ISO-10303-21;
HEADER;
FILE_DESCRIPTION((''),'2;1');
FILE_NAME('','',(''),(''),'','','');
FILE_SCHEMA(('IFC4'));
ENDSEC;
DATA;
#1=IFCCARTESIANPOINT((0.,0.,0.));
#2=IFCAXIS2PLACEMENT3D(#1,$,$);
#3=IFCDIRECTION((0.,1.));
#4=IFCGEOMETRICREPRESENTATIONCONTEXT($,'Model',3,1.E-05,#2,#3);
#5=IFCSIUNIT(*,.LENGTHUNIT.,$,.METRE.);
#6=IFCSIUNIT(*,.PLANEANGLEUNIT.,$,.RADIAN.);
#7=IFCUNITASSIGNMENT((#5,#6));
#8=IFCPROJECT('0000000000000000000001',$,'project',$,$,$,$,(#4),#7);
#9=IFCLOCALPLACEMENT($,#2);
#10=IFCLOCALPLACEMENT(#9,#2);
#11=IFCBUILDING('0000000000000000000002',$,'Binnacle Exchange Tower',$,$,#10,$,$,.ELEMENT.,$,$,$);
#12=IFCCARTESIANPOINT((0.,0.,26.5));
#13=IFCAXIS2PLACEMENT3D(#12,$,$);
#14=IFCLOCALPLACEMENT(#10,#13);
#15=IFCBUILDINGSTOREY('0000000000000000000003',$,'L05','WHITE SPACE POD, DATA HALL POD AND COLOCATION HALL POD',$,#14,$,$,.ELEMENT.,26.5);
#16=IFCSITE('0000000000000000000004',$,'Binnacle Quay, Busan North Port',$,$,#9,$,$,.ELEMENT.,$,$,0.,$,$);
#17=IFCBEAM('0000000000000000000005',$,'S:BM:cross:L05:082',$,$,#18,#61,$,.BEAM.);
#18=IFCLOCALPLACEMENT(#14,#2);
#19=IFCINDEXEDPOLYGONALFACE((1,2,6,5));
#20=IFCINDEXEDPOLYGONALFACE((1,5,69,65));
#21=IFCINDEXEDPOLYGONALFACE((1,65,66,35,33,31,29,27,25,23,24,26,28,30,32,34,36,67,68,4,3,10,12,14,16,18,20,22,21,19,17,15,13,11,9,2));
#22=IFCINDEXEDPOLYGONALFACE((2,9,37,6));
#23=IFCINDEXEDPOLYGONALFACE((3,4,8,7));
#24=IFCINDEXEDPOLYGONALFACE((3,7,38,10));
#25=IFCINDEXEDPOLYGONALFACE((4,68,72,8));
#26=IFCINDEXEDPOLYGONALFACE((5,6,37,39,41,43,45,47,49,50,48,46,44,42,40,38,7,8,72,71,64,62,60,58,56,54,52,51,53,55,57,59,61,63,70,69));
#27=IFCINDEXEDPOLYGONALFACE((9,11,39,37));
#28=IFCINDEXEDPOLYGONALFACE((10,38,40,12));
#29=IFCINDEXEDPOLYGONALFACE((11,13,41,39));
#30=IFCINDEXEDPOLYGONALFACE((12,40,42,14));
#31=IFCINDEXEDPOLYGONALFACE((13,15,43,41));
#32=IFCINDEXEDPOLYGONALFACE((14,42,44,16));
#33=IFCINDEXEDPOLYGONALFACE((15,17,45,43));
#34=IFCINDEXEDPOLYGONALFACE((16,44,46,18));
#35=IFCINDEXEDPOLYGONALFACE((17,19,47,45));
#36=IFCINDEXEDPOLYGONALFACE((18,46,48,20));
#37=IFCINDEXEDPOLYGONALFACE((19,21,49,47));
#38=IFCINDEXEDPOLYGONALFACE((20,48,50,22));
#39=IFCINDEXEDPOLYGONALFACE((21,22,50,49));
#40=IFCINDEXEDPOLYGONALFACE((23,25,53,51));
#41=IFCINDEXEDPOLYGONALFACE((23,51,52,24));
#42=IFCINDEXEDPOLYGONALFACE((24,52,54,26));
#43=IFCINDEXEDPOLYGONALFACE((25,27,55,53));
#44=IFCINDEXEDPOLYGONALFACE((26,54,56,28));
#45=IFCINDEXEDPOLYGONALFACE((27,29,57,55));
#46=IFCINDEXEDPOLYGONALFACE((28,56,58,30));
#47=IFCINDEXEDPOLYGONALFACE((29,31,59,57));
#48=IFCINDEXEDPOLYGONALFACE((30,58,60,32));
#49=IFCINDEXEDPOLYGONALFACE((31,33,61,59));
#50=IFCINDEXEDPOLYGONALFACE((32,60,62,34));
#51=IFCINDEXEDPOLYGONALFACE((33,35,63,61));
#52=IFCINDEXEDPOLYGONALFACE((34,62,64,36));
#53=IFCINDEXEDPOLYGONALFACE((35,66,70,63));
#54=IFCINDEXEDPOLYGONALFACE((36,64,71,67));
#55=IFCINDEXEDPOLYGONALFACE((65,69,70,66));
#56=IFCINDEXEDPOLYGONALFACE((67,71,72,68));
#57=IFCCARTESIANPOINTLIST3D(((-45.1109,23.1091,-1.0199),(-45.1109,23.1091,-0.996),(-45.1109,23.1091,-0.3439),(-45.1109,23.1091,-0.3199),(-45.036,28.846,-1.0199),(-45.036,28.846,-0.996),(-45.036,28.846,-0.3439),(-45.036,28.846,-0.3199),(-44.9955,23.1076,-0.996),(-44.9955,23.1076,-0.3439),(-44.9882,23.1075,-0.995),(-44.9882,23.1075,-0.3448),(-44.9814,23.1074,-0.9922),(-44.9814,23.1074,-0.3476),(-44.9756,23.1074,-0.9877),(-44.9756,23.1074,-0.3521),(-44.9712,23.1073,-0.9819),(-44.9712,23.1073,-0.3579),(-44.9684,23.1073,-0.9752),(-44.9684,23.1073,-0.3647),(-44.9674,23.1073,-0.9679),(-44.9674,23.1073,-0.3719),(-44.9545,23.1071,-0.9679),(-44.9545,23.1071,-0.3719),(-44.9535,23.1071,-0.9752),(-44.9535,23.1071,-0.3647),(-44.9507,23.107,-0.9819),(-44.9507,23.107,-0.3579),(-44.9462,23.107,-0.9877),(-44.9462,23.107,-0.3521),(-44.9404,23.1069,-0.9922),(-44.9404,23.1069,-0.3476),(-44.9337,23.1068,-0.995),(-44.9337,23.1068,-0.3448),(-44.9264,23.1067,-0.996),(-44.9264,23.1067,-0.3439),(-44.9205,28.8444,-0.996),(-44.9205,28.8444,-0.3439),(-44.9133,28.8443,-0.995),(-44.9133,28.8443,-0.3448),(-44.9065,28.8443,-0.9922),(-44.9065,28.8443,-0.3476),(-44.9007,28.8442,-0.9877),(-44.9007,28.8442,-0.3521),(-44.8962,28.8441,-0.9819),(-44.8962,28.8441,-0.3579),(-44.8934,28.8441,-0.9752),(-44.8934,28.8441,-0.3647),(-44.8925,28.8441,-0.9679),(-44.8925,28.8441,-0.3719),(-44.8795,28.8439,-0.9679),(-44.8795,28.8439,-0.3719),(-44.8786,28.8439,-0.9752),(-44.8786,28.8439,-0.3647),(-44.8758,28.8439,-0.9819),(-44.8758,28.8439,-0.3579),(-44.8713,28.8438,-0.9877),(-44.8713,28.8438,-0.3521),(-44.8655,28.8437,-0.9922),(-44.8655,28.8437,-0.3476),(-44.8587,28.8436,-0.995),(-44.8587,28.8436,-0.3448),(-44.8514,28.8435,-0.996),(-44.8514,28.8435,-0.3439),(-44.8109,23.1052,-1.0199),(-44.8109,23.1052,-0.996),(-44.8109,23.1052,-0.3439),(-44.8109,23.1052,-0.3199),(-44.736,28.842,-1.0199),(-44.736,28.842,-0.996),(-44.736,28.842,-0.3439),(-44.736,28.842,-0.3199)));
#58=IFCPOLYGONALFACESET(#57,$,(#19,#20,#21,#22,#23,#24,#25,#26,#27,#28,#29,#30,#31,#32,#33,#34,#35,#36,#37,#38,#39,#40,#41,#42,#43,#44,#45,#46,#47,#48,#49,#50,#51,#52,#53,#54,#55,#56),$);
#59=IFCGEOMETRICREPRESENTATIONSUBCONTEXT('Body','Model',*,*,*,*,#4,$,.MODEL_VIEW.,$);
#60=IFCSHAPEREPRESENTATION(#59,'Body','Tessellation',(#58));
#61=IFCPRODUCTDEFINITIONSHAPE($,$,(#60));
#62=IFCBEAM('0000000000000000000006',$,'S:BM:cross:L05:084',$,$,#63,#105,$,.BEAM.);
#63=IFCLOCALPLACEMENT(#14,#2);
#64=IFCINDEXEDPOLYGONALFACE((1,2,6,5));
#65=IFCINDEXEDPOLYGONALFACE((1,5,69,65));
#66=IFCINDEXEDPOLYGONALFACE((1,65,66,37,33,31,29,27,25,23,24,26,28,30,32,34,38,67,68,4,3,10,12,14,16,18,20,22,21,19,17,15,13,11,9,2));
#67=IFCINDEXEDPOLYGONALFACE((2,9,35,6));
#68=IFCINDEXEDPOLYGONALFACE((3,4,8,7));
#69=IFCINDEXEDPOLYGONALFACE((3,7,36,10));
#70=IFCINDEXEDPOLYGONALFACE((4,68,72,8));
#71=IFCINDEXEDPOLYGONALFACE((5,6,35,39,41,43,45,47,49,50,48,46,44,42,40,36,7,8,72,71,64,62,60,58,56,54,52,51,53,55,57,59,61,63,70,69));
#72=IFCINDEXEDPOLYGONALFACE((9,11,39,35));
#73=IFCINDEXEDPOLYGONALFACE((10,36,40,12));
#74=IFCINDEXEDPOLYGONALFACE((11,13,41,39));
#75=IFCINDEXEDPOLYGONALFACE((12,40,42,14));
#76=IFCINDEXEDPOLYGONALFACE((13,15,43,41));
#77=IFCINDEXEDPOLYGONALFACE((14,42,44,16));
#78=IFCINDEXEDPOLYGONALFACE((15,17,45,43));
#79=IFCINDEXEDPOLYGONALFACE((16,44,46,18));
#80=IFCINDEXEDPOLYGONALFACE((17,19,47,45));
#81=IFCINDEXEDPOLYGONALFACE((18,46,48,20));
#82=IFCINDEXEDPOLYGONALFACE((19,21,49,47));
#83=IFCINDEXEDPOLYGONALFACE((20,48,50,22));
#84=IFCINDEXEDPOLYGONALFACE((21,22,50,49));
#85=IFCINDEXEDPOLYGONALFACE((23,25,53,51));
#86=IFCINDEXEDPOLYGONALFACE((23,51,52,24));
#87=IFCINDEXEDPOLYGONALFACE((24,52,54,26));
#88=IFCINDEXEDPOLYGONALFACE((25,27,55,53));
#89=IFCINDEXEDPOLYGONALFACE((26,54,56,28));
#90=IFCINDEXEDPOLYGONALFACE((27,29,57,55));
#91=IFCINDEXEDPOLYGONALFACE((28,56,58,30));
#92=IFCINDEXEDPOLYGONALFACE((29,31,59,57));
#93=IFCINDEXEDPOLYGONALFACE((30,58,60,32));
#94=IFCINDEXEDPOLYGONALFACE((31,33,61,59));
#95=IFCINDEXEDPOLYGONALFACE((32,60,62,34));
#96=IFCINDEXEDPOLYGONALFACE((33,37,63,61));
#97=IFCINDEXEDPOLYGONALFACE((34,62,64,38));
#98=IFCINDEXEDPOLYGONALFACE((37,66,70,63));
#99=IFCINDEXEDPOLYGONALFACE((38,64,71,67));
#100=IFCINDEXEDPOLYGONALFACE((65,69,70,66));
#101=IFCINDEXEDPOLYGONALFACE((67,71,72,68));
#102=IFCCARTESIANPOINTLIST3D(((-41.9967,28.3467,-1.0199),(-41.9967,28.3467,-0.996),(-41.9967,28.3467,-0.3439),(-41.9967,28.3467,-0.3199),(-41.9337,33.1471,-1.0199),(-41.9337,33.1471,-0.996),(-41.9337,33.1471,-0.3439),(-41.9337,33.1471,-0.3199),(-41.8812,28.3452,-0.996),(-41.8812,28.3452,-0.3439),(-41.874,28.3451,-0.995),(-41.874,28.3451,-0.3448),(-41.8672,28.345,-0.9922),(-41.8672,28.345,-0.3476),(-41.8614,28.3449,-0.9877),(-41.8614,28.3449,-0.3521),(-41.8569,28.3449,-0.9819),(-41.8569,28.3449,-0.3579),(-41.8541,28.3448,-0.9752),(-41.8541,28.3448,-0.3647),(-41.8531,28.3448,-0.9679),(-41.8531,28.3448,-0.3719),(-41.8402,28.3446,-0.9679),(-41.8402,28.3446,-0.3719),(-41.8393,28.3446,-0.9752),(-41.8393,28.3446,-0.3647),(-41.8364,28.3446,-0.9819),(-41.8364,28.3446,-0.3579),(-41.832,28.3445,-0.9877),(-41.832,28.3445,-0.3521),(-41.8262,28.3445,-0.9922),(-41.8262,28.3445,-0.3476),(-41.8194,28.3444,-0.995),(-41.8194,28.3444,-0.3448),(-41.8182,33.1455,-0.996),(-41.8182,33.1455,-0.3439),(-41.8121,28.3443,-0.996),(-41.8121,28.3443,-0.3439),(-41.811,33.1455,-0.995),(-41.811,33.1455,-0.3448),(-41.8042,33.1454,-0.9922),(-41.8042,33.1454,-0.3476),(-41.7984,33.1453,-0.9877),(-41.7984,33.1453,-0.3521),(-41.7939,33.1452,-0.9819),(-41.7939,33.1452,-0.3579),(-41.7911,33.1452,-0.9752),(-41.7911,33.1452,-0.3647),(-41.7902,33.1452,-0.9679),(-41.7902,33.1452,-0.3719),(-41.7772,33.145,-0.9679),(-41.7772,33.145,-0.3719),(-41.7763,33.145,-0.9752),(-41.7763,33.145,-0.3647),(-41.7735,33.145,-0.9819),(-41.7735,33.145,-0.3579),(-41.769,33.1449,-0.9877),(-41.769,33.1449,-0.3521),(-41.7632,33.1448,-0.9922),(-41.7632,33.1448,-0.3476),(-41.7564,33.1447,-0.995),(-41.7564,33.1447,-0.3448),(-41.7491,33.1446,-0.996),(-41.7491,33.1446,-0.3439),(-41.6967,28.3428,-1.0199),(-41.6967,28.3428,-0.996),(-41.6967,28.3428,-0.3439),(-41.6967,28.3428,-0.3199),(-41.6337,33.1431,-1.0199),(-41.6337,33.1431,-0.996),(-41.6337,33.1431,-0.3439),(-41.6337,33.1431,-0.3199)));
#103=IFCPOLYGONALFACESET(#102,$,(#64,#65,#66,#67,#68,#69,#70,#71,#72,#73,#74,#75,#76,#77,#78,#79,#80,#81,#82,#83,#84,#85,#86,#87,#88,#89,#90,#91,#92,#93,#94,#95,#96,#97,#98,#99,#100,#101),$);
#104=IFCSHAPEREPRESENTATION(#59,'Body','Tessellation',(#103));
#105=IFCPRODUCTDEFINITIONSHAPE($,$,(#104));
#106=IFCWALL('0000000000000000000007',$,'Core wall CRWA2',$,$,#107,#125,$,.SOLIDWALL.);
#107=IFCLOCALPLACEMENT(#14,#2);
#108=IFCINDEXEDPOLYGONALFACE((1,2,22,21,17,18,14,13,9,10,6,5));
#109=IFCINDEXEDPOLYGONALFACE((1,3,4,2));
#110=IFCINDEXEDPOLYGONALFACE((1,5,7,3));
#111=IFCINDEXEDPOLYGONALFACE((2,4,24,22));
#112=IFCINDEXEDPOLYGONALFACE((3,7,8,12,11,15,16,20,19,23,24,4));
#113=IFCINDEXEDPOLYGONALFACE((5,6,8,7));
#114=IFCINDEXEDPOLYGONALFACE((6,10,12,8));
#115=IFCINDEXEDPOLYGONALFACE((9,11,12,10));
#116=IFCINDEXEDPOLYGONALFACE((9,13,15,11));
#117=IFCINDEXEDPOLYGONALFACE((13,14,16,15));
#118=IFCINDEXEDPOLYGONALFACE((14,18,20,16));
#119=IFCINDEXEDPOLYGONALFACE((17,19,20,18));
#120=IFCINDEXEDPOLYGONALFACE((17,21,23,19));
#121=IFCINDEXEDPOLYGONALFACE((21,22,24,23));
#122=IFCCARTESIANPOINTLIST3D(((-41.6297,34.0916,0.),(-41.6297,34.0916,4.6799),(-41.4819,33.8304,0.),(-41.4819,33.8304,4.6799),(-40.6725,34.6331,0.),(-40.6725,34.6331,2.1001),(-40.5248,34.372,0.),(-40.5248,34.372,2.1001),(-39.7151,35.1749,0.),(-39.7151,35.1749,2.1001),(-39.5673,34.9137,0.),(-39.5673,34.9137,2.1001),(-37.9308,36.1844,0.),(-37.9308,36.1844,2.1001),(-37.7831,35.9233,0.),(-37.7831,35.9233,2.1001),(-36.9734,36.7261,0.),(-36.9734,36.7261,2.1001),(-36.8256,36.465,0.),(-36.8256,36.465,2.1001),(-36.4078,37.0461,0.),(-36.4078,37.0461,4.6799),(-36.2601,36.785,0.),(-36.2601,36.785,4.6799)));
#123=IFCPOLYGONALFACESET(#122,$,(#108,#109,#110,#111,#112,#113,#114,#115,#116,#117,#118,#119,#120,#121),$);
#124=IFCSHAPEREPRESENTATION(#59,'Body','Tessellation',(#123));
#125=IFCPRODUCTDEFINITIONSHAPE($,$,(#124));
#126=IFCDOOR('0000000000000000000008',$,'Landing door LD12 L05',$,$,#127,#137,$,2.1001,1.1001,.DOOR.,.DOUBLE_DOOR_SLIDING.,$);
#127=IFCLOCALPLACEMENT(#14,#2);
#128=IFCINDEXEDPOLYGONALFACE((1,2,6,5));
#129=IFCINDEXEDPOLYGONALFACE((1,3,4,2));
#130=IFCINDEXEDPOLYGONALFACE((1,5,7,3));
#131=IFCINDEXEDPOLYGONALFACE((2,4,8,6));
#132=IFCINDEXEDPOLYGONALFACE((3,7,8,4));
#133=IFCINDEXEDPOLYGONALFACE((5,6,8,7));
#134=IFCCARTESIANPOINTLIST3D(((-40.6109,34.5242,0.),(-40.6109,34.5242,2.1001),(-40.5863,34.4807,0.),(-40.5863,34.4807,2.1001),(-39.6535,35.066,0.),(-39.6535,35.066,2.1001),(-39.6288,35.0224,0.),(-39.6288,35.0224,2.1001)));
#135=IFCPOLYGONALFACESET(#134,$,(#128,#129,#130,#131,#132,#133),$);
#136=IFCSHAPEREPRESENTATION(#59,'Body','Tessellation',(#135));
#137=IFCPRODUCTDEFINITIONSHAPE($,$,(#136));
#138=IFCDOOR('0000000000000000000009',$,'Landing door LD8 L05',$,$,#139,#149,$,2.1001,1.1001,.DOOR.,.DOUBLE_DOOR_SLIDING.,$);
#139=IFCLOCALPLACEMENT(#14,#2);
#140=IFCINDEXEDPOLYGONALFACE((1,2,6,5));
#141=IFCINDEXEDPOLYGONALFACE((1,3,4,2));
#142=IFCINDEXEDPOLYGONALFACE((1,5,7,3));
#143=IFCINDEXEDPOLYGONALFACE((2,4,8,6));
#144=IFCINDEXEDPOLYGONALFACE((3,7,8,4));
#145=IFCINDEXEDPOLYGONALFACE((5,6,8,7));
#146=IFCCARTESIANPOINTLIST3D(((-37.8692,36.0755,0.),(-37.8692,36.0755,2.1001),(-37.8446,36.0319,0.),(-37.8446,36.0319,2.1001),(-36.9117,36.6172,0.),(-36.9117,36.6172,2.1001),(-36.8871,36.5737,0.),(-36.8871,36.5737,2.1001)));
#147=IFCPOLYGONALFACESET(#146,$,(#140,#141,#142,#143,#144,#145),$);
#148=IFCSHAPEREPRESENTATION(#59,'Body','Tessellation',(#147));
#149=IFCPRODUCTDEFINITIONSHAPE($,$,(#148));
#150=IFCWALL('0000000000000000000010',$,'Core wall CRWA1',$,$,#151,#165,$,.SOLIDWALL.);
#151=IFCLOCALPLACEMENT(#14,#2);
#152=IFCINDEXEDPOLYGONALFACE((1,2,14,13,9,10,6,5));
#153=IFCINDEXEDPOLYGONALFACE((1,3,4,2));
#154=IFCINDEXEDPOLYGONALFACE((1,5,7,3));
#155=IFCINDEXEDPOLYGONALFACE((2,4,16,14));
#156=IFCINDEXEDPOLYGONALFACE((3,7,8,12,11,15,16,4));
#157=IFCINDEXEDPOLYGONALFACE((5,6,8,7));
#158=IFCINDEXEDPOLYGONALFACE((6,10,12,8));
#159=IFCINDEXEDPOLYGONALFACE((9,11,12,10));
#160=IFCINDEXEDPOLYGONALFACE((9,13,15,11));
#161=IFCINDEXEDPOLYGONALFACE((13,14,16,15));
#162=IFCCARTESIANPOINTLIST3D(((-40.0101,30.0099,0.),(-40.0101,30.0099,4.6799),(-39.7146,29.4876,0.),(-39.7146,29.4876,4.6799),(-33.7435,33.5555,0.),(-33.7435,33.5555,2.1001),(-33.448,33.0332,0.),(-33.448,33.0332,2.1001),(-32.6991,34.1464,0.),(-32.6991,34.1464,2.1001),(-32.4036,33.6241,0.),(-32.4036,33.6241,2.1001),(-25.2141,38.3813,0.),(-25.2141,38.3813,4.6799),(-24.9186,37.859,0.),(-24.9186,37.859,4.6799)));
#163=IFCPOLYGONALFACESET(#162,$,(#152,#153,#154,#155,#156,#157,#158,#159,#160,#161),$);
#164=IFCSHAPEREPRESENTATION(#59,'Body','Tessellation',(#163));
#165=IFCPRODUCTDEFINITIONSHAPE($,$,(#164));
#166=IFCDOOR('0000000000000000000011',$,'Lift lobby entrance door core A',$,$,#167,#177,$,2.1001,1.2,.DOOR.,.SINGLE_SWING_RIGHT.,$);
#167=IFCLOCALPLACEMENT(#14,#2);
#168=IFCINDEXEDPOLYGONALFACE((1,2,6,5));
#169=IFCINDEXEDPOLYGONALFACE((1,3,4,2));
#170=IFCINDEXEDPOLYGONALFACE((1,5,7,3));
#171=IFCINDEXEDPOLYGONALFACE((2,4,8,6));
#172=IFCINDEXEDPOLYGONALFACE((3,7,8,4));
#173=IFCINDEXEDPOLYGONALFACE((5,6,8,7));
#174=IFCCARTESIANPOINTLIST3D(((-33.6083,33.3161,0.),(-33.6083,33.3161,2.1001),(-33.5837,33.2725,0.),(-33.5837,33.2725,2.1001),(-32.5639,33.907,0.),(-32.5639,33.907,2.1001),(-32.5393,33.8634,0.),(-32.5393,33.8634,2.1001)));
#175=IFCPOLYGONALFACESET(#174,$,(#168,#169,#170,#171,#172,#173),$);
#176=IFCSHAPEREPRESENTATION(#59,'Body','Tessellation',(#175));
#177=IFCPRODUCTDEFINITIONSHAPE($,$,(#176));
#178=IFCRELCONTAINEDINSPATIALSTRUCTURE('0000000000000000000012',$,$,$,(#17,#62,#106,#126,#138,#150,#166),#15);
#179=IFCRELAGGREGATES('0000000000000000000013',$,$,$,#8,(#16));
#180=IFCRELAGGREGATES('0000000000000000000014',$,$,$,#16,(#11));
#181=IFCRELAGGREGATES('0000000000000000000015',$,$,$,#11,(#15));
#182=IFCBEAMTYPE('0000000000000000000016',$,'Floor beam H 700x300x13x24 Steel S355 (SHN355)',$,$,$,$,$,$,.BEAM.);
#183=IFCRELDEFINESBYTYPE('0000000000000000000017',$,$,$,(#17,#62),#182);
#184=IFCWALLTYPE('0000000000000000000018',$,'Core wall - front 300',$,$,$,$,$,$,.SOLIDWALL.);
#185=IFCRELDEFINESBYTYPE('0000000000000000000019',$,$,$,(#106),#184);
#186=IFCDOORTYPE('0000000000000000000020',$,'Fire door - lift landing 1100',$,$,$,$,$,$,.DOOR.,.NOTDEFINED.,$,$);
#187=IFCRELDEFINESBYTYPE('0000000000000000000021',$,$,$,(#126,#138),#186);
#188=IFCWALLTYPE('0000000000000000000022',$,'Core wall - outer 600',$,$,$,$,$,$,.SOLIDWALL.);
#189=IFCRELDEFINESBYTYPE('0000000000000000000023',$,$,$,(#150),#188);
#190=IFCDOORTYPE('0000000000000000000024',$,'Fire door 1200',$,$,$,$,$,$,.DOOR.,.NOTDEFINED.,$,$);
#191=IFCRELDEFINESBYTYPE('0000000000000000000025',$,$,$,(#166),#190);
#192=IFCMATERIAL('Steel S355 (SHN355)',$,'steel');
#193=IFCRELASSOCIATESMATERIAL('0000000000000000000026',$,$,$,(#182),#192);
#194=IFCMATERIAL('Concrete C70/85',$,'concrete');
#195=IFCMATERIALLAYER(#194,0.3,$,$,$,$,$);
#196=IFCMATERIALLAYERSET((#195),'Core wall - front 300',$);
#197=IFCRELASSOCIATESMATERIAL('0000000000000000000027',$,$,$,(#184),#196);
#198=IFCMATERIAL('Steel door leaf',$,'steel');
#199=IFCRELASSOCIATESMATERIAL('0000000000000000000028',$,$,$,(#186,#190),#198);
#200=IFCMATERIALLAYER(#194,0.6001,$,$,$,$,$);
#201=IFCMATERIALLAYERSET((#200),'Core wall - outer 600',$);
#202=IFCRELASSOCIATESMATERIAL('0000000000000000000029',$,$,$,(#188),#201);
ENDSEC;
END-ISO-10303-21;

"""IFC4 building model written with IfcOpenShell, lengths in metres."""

from ifc_helpers import new_model, si_unit, direction, frame, frame_2d, origin, origin_2d, place, context, subcontext, project, spatial, rectangle, i_section, extrude, material, layer, layer_set, material_profile, profile_set, type_object, element, fill, save


model = new_model("IFC4")

# Units and contexts
model_context = context("Model", 3, precision=1e-05, world=origin(), true_north=direction((0.0, 1.0)))
body_context = subcontext(model_context, "Body", "Model", "MODEL_VIEW")
ifc_project = project(units=[si_unit("LENGTHUNIT", "METRE"), si_unit("PLANEANGLEUNIT", "RADIAN")], contexts=[model_context])

# Site, building, storey
site_placement = place(None, origin())
site = spatial("IfcSite", under=ifc_project, at=site_placement, Name="Binnacle Quay, Busan North Port", CompositionType="ELEMENT", RefElevation=0.0)
building_placement = place(site_placement, origin())
building = spatial("IfcBuilding", under=site, at=building_placement, Name="Binnacle Exchange Tower", CompositionType="ELEMENT")
storey_placement = place(building_placement, frame((0.0, 0.0, 26.5)))
storey = spatial("IfcBuildingStorey", under=building, at=storey_placement, Name="L05", Description="WHITE SPACE POD, DATA HALL POD AND COLOCATION HALL POD", CompositionType="ELEMENT", Elevation=26.5)

# Shared definitions
ifc_material_1 = material(Name="Concrete C70/85", Category="concrete")

# Beams
ifc_material_2 = material(Name="Steel S355 (SHN355)", Category="steel")
ifc_material_profile_1 = material_profile(ifc_material_2, i_section(OverallWidth=0.3, OverallDepth=0.7, WebThickness=0.0129, FlangeThickness=0.0239, FilletRadius=0.0281, at=origin_2d()), Name="H 700x300x13x24")
ifc_profile_set_1 = profile_set([ifc_material_profile_1], Name="Steel S355 (SHN355)")
beam_type_1 = type_object("IfcBeamType", Name="Floor beam H 700x300x13x24 Steel S355 (SHN355)", PredefinedType="BEAM", material=ifc_profile_set_1)
beam_1_placement = place(storey_placement, frame((-44.9609, 23.1072, -0.6699), z_axis=(0.013064, 0.999915, 0.0), x_axis=(-0.999915, 0.013064, 0.0)))
element("IfcBeam", 1, at=beam_1_placement, inside=storey, type_object=beam_type_1, Name="S:BM:cross:L05:082", PredefinedType="BEAM", context=body_context, shape_type="SweptSolid", body=[
    extrude(i_section(OverallWidth=0.3, OverallDepth=0.7, WebThickness=0.0129, FlangeThickness=0.0239, FilletRadius=0.0281, at=origin_2d()), origin(), (0.0, 0.0, 1.0), 5.7373),
])
beam_2_placement = place(storey_placement, frame((-41.8467, 28.3447, -0.6699), z_axis=(0.013121, 0.999914, 0.0), x_axis=(-0.999914, 0.013121, 0.0)))
element("IfcBeam", 2, at=beam_2_placement, inside=storey, type_object=beam_type_1, Name="S:BM:cross:L05:084", PredefinedType="BEAM", context=body_context, shape_type="SweptSolid", body=[
    extrude(i_section(OverallWidth=0.3, OverallDepth=0.7, WebThickness=0.0129, FlangeThickness=0.0239, FilletRadius=0.0281, at=origin_2d()), origin(), (0.0, 0.0, 1.0), 4.8008),
])

# Wall, openings, doors
ifc_layer_1 = layer(ifc_material_1, 0.3)
ifc_layer_set_1 = layer_set([ifc_layer_1], Name="Core wall - front 300")
wall_type_1 = type_object("IfcWallType", Name="Core wall - front 300", PredefinedType="SOLIDWALL", material=ifc_layer_set_1)
wall_1_placement = place(storey_placement, frame((-41.5559, 33.9609, 0.0), z_axis=(0.0, 0.0, 1.0), x_axis=(0.870344, 0.492445, 0.0)))
wall_1 = element("IfcWall", 3, at=wall_1_placement, inside=storey, type_object=wall_type_1, Name="Core wall CRWA2", PredefinedType="SOLIDWALL", context=body_context, shape_type="SweptSolid", body=[
    extrude(rectangle(XDim=5.9998, YDim=0.3, at=frame_2d((3.0, 0.0))), origin(), (0.0, 0.0, 1.0), 4.6799),
])
opening_1_placement = place(wall_1_placement, frame((1.0999, 0.0, 0.0)))
opening_1 = element("IfcOpeningElement", 4, at=opening_1_placement, cuts=wall_1, PredefinedType="OPENING", context=body_context, shape_type="SweptSolid", body=[
    extrude(rectangle(XDim=1.1001, YDim=2.1001, at=frame_2d((0.55, 1.05))), frame((0.0, 0.1599, 0.0), z_axis=(0.0, -1.0, 0.0), x_axis=(1.0, 0.0, 0.0)), (0.0, 0.0, 1.0), 0.3201),
])
opening_2_placement = place(wall_1_placement, frame((4.25, 0.0, 0.0)))
opening_2 = element("IfcOpeningElement", 5, at=opening_2_placement, cuts=wall_1, PredefinedType="OPENING", context=body_context, shape_type="SweptSolid", body=[
    extrude(rectangle(XDim=1.1001, YDim=2.1001, at=frame_2d((0.55, 1.05))), frame((0.0, 0.1599, 0.0), z_axis=(0.0, -1.0, 0.0), x_axis=(1.0, 0.0, 0.0)), (0.0, 0.0, 1.0), 0.3201),
])
ifc_material_3 = material(Name="Steel door leaf", Category="steel")
door_type_1 = type_object("IfcDoorType", Name="Fire door - lift landing 1100", OperationType="NOTDEFINED", PredefinedType="DOOR", material=ifc_material_3)
door_1_placement = place(opening_1_placement, origin())
door_1 = element("IfcDoor", 6, at=door_1_placement, inside=storey, type_object=door_type_1, Name="Landing door LD12 L05", OperationType="DOUBLE_DOOR_SLIDING", OverallHeight=2.1001, OverallWidth=1.1001, PredefinedType="DOOR", context=body_context, shape_type="SweptSolid", body=[
    extrude(rectangle(XDim=1.1001, YDim=2.1001, at=frame_2d((0.55, 1.05))), frame((0.0, 0.0249, 0.0), z_axis=(0.0, -1.0, 0.0), x_axis=(1.0, 0.0, 0.0)), (0.0, 0.0, 1.0), 0.05),
])
fill(opening_1, door_1)
door_2_placement = place(opening_2_placement, origin())
door_2 = element("IfcDoor", 7, at=door_2_placement, inside=storey, type_object=door_type_1, Name="Landing door LD8 L05", OperationType="DOUBLE_DOOR_SLIDING", OverallHeight=2.1001, OverallWidth=1.1001, PredefinedType="DOOR", context=body_context, shape_type="SweptSolid", body=[
    extrude(rectangle(XDim=1.1001, YDim=2.1001, at=frame_2d((0.55, 1.05))), frame((0.0, 0.0249, 0.0), z_axis=(0.0, -1.0, 0.0), x_axis=(1.0, 0.0, 0.0)), (0.0, 0.0, 1.0), 0.05),
])
fill(opening_2, door_2)

# Wall, opening, door
ifc_layer_2 = layer(ifc_material_1, 0.6001)
ifc_layer_set_2 = layer_set([ifc_layer_2], Name="Core wall - outer 600")
wall_type_2 = type_object("IfcWallType", Name="Core wall - outer 600", PredefinedType="SOLIDWALL", material=ifc_layer_set_2)
wall_2_placement = place(storey_placement, frame((-39.8623, 29.7488, 0.0), z_axis=(0.0, 0.0, 1.0), x_axis=(0.87035, 0.492433, 0.0)))
wall_2 = element("IfcWall", 8, at=wall_2_placement, inside=storey, type_object=wall_type_2, Name="Core wall CRWA1", PredefinedType="SOLIDWALL", context=body_context, shape_type="SweptSolid", body=[
    extrude(rectangle(XDim=17.0, YDim=0.6001, at=frame_2d((8.5, 0.0))), origin(), (0.0, 0.0, 1.0), 4.6799),
])
opening_3_placement = place(wall_2_placement, frame((7.2, 0.0, 0.0)))
opening_3 = element("IfcOpeningElement", 9, at=opening_3_placement, cuts=wall_2, PredefinedType="OPENING", context=body_context, shape_type="SweptSolid", body=[
    extrude(rectangle(XDim=1.2, YDim=2.1001, at=frame_2d((0.6001, 1.05))), frame((0.0, 0.3101, 0.0), z_axis=(0.0, -1.0, 0.0), x_axis=(1.0, 0.0, 0.0)), (0.0, 0.0, 1.0), 0.6201),
])
door_type_2 = type_object("IfcDoorType", Name="Fire door 1200", OperationType="NOTDEFINED", PredefinedType="DOOR", material=ifc_material_3)
door_3_placement = place(opening_3_placement, frame((1.2, 0.0, 0.0), z_axis=(0.0, 0.0, 1.0), x_axis=(-1.0, 0.0, 0.0)))
door_3 = element("IfcDoor", 10, at=door_3_placement, inside=storey, type_object=door_type_2, Name="Lift lobby entrance door core A", OperationType="SINGLE_SWING_RIGHT", OverallHeight=2.1001, OverallWidth=1.2, PredefinedType="DOOR", context=body_context, shape_type="SweptSolid", body=[
    extrude(rectangle(XDim=1.2, YDim=2.1001, at=frame_2d((0.6001, 1.05))), frame((0.0, 0.0249, 0.0), z_axis=(0.0, -1.0, 0.0), x_axis=(1.0, 0.0, 0.0)), (0.0, 0.0, 1.0), 0.05),
])
fill(opening_3, door_3)

save(model, "model.ifc")
